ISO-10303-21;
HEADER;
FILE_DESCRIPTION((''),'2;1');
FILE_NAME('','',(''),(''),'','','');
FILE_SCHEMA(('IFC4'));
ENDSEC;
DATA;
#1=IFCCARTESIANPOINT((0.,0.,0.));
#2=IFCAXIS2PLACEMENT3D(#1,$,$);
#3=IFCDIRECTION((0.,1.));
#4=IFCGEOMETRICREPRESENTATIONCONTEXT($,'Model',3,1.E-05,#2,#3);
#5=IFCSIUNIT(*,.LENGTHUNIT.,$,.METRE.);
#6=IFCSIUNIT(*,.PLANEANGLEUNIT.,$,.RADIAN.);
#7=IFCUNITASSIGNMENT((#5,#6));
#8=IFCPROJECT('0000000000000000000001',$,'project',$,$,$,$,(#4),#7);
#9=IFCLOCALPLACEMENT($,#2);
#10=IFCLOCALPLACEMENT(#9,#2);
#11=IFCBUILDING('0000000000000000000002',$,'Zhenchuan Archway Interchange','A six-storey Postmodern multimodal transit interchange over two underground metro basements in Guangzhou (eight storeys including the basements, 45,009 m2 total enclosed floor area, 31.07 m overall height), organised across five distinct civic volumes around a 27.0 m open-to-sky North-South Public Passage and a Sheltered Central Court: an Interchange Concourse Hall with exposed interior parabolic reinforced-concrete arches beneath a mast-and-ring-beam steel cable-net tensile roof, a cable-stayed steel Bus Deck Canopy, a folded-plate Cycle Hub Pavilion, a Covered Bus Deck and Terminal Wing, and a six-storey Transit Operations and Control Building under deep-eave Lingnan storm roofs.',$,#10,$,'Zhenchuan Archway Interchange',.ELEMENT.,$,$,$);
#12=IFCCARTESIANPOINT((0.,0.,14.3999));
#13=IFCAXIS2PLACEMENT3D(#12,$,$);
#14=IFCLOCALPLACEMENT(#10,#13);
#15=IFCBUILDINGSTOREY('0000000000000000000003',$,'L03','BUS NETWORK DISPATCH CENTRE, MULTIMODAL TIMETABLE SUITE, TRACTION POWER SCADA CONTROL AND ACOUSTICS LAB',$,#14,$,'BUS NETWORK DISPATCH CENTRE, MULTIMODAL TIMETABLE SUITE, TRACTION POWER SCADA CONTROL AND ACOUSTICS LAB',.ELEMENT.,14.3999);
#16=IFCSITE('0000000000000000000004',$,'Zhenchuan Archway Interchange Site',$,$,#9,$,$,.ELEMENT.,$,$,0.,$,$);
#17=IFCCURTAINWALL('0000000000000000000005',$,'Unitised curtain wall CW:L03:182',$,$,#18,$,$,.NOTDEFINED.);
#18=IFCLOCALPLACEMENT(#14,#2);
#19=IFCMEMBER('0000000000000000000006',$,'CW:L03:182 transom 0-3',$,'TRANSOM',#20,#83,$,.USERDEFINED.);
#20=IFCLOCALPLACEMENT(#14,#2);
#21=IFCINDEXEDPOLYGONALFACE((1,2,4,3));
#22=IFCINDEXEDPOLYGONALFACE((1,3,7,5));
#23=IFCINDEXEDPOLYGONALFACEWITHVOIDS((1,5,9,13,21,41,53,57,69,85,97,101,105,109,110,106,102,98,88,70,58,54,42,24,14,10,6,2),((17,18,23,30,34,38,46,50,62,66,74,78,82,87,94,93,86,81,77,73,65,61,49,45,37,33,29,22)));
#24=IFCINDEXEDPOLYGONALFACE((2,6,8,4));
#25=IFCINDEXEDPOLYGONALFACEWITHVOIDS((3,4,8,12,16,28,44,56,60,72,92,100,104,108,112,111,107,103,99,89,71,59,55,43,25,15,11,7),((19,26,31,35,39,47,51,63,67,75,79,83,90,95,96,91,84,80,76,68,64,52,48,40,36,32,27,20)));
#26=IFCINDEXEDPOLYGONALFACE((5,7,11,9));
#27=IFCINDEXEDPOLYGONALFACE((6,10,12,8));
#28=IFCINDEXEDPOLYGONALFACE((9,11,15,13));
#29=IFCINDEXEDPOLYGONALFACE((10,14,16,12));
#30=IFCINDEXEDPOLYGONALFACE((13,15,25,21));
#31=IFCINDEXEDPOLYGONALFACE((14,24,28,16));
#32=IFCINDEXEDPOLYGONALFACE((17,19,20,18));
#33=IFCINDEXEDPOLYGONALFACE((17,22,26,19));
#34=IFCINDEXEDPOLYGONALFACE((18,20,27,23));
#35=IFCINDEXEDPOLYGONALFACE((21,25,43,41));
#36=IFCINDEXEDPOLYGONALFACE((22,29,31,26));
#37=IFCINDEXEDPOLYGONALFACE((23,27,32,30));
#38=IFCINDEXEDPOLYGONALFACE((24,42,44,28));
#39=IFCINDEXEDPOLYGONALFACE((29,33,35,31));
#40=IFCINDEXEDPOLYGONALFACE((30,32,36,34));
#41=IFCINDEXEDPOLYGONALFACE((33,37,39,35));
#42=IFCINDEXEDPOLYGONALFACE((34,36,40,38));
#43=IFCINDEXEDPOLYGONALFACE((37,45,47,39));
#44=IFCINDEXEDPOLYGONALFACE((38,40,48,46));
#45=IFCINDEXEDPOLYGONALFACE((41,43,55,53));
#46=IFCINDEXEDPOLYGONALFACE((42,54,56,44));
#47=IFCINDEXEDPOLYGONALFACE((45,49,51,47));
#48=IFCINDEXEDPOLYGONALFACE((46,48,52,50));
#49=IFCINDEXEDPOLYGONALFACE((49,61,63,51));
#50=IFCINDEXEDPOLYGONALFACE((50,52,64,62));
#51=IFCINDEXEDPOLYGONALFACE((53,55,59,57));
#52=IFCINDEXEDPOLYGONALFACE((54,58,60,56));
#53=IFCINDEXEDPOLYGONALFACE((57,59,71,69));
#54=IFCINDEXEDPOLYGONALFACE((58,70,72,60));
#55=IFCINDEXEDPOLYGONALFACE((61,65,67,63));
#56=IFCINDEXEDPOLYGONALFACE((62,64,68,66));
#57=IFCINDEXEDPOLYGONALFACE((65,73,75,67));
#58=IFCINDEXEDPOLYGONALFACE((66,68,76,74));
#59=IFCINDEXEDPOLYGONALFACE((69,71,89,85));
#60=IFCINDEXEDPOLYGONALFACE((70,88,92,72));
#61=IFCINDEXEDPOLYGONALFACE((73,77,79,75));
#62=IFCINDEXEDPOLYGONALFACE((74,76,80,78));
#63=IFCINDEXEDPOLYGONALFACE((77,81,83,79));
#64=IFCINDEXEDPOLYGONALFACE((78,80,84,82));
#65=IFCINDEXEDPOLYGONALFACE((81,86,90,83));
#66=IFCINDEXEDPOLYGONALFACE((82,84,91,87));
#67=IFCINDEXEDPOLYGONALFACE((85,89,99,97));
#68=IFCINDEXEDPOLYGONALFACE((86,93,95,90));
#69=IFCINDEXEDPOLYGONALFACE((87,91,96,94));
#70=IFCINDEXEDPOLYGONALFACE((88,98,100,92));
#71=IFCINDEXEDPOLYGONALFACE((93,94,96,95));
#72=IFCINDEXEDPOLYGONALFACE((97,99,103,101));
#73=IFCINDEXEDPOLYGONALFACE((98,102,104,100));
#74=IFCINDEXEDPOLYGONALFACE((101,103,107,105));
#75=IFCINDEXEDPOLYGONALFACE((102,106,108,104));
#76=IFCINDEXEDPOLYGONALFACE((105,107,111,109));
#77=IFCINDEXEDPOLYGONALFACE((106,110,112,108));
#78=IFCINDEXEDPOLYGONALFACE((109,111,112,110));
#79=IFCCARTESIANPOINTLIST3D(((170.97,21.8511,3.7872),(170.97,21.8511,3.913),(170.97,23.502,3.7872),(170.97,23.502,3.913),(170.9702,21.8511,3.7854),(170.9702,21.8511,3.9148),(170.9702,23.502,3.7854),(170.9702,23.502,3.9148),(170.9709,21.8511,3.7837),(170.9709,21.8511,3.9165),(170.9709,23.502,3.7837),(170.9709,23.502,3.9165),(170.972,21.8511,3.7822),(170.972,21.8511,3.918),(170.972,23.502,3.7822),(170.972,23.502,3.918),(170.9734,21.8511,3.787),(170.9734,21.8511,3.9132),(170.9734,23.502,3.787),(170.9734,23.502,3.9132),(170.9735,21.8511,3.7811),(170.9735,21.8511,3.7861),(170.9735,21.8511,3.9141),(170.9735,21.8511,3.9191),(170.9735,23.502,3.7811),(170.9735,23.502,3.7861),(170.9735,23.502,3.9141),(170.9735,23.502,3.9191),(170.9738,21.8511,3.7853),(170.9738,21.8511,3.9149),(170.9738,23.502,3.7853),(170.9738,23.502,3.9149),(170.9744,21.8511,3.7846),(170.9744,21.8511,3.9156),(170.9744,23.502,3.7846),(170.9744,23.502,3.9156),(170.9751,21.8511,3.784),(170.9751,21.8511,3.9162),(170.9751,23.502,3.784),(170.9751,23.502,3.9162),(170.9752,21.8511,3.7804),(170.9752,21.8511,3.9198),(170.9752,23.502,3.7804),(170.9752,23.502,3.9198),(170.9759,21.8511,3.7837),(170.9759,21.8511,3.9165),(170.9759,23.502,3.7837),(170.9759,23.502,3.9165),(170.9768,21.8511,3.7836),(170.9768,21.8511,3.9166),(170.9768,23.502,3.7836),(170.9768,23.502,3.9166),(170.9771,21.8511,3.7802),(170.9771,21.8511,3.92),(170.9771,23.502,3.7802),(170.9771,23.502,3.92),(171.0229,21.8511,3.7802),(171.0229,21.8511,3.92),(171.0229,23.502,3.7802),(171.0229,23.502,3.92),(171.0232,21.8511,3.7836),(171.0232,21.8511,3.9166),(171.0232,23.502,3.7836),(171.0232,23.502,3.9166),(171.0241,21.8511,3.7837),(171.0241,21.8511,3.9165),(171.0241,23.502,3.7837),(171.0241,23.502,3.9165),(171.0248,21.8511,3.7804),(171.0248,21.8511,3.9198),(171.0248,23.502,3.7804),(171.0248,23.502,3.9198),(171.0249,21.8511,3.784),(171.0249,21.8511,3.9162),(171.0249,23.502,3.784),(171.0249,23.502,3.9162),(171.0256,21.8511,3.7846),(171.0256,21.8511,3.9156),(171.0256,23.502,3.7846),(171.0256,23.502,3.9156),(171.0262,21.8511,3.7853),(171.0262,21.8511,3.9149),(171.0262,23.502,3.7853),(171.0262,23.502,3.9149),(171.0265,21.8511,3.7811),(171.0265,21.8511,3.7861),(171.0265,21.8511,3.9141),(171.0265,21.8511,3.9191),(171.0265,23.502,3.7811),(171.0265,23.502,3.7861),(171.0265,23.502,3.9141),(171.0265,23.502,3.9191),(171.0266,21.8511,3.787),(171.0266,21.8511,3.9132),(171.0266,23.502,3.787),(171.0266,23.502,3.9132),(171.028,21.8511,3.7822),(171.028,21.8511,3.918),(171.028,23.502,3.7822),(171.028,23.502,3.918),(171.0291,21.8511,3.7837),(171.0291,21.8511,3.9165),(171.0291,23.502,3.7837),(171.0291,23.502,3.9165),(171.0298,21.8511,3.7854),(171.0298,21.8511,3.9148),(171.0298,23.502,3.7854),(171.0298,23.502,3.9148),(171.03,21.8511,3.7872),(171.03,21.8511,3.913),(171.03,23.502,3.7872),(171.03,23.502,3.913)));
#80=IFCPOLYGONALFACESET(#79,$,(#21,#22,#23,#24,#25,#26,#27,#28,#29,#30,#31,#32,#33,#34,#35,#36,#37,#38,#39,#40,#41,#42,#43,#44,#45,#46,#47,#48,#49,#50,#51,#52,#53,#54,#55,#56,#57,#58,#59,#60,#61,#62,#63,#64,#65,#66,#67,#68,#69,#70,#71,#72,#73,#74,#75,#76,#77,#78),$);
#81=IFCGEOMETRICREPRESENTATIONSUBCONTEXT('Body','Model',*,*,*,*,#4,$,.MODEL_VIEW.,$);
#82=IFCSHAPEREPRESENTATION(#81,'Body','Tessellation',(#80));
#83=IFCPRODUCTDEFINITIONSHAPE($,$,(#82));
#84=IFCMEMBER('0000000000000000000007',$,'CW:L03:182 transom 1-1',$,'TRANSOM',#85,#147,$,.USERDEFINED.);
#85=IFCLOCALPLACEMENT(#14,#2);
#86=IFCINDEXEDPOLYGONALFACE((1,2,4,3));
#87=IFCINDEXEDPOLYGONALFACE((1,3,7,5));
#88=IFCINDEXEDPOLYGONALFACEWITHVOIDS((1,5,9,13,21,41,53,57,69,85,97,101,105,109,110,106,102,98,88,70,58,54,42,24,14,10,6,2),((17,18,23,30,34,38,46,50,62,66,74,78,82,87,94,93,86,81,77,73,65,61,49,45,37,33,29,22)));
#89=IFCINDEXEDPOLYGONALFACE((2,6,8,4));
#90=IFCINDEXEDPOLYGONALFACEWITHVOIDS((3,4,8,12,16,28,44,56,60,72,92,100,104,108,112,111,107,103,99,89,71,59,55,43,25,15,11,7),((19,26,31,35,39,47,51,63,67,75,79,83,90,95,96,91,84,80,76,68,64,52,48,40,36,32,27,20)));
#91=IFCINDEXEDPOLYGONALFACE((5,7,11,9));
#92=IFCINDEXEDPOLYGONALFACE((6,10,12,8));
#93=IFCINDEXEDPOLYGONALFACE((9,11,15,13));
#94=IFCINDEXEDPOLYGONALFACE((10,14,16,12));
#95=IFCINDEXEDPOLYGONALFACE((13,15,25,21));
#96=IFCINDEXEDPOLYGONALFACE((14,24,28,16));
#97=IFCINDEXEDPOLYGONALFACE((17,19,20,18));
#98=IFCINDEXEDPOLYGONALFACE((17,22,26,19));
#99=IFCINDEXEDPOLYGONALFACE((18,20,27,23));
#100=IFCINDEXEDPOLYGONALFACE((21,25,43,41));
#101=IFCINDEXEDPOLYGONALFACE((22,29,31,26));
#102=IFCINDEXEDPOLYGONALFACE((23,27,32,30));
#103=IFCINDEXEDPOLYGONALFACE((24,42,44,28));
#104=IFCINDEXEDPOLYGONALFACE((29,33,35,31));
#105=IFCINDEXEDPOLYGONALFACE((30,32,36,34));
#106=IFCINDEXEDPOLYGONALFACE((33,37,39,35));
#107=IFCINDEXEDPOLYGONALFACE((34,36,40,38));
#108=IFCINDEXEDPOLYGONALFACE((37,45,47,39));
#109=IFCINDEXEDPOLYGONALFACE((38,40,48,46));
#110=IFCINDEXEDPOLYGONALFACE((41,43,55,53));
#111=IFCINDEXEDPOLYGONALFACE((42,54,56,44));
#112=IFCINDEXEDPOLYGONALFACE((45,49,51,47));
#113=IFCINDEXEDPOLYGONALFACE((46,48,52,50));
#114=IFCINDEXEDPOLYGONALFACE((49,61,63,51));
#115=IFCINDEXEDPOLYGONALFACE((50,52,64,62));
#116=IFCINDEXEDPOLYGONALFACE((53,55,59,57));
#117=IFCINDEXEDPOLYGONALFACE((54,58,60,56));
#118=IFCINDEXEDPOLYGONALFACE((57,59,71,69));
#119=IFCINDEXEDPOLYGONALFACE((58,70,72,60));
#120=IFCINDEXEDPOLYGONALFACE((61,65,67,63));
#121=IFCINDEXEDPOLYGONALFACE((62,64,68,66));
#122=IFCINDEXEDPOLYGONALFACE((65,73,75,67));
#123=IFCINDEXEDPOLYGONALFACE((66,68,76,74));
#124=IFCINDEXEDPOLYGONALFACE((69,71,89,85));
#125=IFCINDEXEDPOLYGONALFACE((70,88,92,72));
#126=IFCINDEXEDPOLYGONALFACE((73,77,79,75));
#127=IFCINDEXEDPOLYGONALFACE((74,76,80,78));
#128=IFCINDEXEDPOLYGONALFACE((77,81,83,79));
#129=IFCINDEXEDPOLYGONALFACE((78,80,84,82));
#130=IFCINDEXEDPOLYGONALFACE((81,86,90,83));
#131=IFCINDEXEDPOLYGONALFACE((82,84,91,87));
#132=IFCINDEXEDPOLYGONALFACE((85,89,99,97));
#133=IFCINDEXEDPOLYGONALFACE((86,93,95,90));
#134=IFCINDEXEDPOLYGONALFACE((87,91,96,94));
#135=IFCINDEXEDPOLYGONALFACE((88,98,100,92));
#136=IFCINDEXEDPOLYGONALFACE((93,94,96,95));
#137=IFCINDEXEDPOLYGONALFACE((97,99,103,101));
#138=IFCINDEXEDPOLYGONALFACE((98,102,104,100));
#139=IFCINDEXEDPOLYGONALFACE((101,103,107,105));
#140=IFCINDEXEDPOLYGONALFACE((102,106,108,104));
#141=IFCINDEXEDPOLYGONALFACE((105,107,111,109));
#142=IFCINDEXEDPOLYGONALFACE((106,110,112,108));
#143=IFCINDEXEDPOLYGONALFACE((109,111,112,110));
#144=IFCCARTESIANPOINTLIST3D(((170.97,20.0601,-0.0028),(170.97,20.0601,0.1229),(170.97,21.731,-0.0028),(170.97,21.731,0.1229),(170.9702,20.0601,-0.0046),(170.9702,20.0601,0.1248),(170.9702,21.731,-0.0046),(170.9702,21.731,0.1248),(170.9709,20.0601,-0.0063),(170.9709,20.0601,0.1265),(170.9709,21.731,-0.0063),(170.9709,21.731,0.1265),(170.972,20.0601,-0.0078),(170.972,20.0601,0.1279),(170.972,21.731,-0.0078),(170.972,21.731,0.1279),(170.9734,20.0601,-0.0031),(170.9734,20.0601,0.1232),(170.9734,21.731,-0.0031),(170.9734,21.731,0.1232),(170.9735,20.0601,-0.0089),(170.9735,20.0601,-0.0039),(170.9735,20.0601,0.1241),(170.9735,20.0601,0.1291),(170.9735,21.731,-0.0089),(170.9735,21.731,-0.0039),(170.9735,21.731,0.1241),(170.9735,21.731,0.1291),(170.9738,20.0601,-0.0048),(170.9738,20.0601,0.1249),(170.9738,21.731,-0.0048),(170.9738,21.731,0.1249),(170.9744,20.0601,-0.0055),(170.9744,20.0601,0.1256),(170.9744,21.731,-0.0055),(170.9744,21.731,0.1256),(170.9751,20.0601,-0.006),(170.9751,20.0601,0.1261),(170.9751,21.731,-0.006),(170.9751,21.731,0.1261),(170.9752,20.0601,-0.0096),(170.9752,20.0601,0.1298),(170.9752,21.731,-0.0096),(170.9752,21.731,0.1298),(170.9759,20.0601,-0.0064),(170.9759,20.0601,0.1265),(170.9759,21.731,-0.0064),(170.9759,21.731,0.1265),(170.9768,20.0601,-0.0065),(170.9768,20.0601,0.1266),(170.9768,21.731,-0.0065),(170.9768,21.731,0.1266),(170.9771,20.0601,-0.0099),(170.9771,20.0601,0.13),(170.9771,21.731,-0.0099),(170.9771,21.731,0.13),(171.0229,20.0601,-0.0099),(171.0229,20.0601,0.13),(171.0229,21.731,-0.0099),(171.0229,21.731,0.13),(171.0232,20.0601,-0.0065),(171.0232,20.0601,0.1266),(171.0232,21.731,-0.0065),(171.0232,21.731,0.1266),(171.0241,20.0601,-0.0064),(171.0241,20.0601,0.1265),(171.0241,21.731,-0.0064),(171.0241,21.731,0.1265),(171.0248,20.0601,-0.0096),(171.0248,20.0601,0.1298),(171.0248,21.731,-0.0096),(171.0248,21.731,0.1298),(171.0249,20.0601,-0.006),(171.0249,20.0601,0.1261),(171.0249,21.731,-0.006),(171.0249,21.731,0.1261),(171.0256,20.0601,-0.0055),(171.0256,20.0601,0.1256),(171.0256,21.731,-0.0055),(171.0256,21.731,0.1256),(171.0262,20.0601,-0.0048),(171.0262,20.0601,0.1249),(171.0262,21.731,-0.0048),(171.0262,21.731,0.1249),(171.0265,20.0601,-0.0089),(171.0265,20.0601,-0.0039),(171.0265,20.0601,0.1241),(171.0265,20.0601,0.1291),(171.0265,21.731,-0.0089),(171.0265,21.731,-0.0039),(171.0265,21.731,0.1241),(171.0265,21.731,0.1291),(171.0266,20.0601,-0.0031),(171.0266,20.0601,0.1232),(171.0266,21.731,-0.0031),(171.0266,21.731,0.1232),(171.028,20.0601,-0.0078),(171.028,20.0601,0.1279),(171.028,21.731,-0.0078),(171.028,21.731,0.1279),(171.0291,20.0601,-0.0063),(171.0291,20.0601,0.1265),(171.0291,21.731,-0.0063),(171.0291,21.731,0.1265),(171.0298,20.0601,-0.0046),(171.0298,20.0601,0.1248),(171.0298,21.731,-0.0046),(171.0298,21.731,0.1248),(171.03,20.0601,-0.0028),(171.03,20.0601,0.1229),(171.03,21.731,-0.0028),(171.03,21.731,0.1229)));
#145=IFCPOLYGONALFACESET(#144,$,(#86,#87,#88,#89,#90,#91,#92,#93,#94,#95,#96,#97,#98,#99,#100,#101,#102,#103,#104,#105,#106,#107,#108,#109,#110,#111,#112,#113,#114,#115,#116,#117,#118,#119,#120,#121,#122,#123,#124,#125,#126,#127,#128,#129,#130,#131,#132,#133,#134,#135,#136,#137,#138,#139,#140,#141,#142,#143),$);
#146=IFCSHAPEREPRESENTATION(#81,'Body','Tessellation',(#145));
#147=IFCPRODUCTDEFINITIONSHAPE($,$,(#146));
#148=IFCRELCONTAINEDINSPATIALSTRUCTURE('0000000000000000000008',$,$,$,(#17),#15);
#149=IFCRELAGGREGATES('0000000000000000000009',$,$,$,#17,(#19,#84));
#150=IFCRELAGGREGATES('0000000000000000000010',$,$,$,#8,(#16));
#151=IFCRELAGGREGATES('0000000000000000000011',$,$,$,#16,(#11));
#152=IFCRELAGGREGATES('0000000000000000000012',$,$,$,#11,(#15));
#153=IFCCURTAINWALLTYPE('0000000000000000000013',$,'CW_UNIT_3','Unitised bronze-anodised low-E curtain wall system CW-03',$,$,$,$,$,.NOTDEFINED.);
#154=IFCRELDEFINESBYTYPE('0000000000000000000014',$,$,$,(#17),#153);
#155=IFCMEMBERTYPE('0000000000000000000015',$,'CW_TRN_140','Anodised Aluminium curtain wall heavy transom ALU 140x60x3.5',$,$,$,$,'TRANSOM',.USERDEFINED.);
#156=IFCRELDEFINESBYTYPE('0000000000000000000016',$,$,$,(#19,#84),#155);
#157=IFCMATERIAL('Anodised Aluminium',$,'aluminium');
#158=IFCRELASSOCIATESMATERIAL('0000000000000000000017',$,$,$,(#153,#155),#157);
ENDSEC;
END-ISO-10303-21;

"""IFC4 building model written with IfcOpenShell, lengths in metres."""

from ifc_helpers import new_model, si_unit, direction, frame, origin, origin_2d, place, context, subcontext, project, spatial, hollow_rectangle, extrude, material, material_profile, profile_set, type_object, element, aggregate, save


model = new_model("IFC4")

# Units and contexts
model_context = context("Model", 3, precision=1e-05, world=origin(), true_north=direction((0.0, 1.0)))
body_context = subcontext(model_context, "Body", "Model", "MODEL_VIEW")
ifc_project = project(units=[si_unit("LENGTHUNIT", "METRE"), si_unit("PLANEANGLEUNIT", "RADIAN")], contexts=[model_context])

# Site, building, storey
site_placement = place(None, origin())
site = spatial("IfcSite", under=ifc_project, at=site_placement, Name="Zhenchuan Archway Interchange Site", CompositionType="ELEMENT", RefElevation=0.0)
building_placement = place(site_placement, origin())
building = spatial("IfcBuilding", under=site, at=building_placement, Name="Zhenchuan Archway Interchange", Description="A six-storey Postmodern multimodal transit interchange over two underground metro basements in Guangzhou (eight storeys including the basements, 45,009 m2 total enclosed floor area, 31.07 m overall height), organised across five distinct civic volumes around a 27.0 m open-to-sky North-South Public Passage and a Sheltered Central Court: an Interchange Concourse Hall with exposed interior parabolic reinforced-concrete arches beneath a mast-and-ring-beam steel cable-net tensile roof, a cable-stayed steel Bus Deck Canopy, a folded-plate Cycle Hub Pavilion, a Covered Bus Deck and Terminal Wing, and a six-storey Transit Operations and Control Building under deep-eave Lingnan storm roofs.", LongName="Zhenchuan Archway Interchange", CompositionType="ELEMENT")
storey_placement = place(building_placement, frame((0.0, 0.0, 14.3999)))
storey = spatial("IfcBuildingStorey", under=building, at=storey_placement, Name="L03", Description="BUS NETWORK DISPATCH CENTRE, MULTIMODAL TIMETABLE SUITE, TRACTION POWER SCADA CONTROL AND ACOUSTICS LAB", LongName="BUS NETWORK DISPATCH CENTRE, MULTIMODAL TIMETABLE SUITE, TRACTION POWER SCADA CONTROL AND ACOUSTICS LAB", CompositionType="ELEMENT", Elevation=14.3999)

# Curtain wall, members
ifc_material_1 = material(Name="Anodised Aluminium", Category="aluminium")
curtain_wall_type = type_object("IfcCurtainWallType", Name="CW_UNIT_3", Description="Unitised bronze-anodised low-E curtain wall system CW-03", PredefinedType="NOTDEFINED", material=ifc_material_1)
curtain_wall_placement = place(storey_placement, origin())
curtain_wall = element("IfcCurtainWall", 1, at=curtain_wall_placement, inside=storey, type_object=curtain_wall_type, Name="Unitised curtain wall CW:L03:182", PredefinedType="NOTDEFINED")
ifc_material_profile_1 = material_profile(ifc_material_1, hollow_rectangle(XDim=0.0601, YDim=0.1399, WallThickness=0.0034, InnerFilletRadius=0.0034, OuterFilletRadius=0.0071, at=origin_2d()), Name="ALU 140x60x3.5")
ifc_profile_set_1 = profile_set([ifc_material_profile_1], Name="Anodised Aluminium")
member_type_1 = type_object("IfcMemberType", Name="CW_TRN_140", Description="Anodised Aluminium curtain wall heavy transom ALU 140x60x3.5", ElementType="TRANSOM", PredefinedType="USERDEFINED", material=ifc_profile_set_1)
member_1_placement = place(storey_placement, frame((171.0, 23.502, 3.8501), z_axis=(0.0, -1.0, 0.0), x_axis=(1.0, 0.0, 0.0)))
member_1 = element("IfcMember", 2, at=member_1_placement, type_object=member_type_1, Name="CW:L03:182 transom 0-3", ObjectType="TRANSOM", PredefinedType="USERDEFINED", context=body_context, shape_type="SweptSolid", body=[
    extrude(hollow_rectangle(XDim=0.0601, YDim=0.1399, WallThickness=0.0034, InnerFilletRadius=0.0034, OuterFilletRadius=0.0071, at=origin_2d()), origin(), (0.0, 0.0, 1.0), 1.6509),
])
member_2_placement = place(storey_placement, frame((171.0, 21.731, 0.0601), z_axis=(0.0, -1.0, 0.0), x_axis=(1.0, 0.0, 0.0)))
member_2 = element("IfcMember", 3, at=member_2_placement, type_object=member_type_1, Name="CW:L03:182 transom 1-1", ObjectType="TRANSOM", PredefinedType="USERDEFINED", context=body_context, shape_type="SweptSolid", body=[
    extrude(hollow_rectangle(XDim=0.0601, YDim=0.1399, WallThickness=0.0034, InnerFilletRadius=0.0034, OuterFilletRadius=0.0071, at=origin_2d()), origin(), (0.0, 0.0, 1.0), 1.6709),
])

aggregate(curtain_wall, [member_1, member_2])

save(model, "model.ifc")
